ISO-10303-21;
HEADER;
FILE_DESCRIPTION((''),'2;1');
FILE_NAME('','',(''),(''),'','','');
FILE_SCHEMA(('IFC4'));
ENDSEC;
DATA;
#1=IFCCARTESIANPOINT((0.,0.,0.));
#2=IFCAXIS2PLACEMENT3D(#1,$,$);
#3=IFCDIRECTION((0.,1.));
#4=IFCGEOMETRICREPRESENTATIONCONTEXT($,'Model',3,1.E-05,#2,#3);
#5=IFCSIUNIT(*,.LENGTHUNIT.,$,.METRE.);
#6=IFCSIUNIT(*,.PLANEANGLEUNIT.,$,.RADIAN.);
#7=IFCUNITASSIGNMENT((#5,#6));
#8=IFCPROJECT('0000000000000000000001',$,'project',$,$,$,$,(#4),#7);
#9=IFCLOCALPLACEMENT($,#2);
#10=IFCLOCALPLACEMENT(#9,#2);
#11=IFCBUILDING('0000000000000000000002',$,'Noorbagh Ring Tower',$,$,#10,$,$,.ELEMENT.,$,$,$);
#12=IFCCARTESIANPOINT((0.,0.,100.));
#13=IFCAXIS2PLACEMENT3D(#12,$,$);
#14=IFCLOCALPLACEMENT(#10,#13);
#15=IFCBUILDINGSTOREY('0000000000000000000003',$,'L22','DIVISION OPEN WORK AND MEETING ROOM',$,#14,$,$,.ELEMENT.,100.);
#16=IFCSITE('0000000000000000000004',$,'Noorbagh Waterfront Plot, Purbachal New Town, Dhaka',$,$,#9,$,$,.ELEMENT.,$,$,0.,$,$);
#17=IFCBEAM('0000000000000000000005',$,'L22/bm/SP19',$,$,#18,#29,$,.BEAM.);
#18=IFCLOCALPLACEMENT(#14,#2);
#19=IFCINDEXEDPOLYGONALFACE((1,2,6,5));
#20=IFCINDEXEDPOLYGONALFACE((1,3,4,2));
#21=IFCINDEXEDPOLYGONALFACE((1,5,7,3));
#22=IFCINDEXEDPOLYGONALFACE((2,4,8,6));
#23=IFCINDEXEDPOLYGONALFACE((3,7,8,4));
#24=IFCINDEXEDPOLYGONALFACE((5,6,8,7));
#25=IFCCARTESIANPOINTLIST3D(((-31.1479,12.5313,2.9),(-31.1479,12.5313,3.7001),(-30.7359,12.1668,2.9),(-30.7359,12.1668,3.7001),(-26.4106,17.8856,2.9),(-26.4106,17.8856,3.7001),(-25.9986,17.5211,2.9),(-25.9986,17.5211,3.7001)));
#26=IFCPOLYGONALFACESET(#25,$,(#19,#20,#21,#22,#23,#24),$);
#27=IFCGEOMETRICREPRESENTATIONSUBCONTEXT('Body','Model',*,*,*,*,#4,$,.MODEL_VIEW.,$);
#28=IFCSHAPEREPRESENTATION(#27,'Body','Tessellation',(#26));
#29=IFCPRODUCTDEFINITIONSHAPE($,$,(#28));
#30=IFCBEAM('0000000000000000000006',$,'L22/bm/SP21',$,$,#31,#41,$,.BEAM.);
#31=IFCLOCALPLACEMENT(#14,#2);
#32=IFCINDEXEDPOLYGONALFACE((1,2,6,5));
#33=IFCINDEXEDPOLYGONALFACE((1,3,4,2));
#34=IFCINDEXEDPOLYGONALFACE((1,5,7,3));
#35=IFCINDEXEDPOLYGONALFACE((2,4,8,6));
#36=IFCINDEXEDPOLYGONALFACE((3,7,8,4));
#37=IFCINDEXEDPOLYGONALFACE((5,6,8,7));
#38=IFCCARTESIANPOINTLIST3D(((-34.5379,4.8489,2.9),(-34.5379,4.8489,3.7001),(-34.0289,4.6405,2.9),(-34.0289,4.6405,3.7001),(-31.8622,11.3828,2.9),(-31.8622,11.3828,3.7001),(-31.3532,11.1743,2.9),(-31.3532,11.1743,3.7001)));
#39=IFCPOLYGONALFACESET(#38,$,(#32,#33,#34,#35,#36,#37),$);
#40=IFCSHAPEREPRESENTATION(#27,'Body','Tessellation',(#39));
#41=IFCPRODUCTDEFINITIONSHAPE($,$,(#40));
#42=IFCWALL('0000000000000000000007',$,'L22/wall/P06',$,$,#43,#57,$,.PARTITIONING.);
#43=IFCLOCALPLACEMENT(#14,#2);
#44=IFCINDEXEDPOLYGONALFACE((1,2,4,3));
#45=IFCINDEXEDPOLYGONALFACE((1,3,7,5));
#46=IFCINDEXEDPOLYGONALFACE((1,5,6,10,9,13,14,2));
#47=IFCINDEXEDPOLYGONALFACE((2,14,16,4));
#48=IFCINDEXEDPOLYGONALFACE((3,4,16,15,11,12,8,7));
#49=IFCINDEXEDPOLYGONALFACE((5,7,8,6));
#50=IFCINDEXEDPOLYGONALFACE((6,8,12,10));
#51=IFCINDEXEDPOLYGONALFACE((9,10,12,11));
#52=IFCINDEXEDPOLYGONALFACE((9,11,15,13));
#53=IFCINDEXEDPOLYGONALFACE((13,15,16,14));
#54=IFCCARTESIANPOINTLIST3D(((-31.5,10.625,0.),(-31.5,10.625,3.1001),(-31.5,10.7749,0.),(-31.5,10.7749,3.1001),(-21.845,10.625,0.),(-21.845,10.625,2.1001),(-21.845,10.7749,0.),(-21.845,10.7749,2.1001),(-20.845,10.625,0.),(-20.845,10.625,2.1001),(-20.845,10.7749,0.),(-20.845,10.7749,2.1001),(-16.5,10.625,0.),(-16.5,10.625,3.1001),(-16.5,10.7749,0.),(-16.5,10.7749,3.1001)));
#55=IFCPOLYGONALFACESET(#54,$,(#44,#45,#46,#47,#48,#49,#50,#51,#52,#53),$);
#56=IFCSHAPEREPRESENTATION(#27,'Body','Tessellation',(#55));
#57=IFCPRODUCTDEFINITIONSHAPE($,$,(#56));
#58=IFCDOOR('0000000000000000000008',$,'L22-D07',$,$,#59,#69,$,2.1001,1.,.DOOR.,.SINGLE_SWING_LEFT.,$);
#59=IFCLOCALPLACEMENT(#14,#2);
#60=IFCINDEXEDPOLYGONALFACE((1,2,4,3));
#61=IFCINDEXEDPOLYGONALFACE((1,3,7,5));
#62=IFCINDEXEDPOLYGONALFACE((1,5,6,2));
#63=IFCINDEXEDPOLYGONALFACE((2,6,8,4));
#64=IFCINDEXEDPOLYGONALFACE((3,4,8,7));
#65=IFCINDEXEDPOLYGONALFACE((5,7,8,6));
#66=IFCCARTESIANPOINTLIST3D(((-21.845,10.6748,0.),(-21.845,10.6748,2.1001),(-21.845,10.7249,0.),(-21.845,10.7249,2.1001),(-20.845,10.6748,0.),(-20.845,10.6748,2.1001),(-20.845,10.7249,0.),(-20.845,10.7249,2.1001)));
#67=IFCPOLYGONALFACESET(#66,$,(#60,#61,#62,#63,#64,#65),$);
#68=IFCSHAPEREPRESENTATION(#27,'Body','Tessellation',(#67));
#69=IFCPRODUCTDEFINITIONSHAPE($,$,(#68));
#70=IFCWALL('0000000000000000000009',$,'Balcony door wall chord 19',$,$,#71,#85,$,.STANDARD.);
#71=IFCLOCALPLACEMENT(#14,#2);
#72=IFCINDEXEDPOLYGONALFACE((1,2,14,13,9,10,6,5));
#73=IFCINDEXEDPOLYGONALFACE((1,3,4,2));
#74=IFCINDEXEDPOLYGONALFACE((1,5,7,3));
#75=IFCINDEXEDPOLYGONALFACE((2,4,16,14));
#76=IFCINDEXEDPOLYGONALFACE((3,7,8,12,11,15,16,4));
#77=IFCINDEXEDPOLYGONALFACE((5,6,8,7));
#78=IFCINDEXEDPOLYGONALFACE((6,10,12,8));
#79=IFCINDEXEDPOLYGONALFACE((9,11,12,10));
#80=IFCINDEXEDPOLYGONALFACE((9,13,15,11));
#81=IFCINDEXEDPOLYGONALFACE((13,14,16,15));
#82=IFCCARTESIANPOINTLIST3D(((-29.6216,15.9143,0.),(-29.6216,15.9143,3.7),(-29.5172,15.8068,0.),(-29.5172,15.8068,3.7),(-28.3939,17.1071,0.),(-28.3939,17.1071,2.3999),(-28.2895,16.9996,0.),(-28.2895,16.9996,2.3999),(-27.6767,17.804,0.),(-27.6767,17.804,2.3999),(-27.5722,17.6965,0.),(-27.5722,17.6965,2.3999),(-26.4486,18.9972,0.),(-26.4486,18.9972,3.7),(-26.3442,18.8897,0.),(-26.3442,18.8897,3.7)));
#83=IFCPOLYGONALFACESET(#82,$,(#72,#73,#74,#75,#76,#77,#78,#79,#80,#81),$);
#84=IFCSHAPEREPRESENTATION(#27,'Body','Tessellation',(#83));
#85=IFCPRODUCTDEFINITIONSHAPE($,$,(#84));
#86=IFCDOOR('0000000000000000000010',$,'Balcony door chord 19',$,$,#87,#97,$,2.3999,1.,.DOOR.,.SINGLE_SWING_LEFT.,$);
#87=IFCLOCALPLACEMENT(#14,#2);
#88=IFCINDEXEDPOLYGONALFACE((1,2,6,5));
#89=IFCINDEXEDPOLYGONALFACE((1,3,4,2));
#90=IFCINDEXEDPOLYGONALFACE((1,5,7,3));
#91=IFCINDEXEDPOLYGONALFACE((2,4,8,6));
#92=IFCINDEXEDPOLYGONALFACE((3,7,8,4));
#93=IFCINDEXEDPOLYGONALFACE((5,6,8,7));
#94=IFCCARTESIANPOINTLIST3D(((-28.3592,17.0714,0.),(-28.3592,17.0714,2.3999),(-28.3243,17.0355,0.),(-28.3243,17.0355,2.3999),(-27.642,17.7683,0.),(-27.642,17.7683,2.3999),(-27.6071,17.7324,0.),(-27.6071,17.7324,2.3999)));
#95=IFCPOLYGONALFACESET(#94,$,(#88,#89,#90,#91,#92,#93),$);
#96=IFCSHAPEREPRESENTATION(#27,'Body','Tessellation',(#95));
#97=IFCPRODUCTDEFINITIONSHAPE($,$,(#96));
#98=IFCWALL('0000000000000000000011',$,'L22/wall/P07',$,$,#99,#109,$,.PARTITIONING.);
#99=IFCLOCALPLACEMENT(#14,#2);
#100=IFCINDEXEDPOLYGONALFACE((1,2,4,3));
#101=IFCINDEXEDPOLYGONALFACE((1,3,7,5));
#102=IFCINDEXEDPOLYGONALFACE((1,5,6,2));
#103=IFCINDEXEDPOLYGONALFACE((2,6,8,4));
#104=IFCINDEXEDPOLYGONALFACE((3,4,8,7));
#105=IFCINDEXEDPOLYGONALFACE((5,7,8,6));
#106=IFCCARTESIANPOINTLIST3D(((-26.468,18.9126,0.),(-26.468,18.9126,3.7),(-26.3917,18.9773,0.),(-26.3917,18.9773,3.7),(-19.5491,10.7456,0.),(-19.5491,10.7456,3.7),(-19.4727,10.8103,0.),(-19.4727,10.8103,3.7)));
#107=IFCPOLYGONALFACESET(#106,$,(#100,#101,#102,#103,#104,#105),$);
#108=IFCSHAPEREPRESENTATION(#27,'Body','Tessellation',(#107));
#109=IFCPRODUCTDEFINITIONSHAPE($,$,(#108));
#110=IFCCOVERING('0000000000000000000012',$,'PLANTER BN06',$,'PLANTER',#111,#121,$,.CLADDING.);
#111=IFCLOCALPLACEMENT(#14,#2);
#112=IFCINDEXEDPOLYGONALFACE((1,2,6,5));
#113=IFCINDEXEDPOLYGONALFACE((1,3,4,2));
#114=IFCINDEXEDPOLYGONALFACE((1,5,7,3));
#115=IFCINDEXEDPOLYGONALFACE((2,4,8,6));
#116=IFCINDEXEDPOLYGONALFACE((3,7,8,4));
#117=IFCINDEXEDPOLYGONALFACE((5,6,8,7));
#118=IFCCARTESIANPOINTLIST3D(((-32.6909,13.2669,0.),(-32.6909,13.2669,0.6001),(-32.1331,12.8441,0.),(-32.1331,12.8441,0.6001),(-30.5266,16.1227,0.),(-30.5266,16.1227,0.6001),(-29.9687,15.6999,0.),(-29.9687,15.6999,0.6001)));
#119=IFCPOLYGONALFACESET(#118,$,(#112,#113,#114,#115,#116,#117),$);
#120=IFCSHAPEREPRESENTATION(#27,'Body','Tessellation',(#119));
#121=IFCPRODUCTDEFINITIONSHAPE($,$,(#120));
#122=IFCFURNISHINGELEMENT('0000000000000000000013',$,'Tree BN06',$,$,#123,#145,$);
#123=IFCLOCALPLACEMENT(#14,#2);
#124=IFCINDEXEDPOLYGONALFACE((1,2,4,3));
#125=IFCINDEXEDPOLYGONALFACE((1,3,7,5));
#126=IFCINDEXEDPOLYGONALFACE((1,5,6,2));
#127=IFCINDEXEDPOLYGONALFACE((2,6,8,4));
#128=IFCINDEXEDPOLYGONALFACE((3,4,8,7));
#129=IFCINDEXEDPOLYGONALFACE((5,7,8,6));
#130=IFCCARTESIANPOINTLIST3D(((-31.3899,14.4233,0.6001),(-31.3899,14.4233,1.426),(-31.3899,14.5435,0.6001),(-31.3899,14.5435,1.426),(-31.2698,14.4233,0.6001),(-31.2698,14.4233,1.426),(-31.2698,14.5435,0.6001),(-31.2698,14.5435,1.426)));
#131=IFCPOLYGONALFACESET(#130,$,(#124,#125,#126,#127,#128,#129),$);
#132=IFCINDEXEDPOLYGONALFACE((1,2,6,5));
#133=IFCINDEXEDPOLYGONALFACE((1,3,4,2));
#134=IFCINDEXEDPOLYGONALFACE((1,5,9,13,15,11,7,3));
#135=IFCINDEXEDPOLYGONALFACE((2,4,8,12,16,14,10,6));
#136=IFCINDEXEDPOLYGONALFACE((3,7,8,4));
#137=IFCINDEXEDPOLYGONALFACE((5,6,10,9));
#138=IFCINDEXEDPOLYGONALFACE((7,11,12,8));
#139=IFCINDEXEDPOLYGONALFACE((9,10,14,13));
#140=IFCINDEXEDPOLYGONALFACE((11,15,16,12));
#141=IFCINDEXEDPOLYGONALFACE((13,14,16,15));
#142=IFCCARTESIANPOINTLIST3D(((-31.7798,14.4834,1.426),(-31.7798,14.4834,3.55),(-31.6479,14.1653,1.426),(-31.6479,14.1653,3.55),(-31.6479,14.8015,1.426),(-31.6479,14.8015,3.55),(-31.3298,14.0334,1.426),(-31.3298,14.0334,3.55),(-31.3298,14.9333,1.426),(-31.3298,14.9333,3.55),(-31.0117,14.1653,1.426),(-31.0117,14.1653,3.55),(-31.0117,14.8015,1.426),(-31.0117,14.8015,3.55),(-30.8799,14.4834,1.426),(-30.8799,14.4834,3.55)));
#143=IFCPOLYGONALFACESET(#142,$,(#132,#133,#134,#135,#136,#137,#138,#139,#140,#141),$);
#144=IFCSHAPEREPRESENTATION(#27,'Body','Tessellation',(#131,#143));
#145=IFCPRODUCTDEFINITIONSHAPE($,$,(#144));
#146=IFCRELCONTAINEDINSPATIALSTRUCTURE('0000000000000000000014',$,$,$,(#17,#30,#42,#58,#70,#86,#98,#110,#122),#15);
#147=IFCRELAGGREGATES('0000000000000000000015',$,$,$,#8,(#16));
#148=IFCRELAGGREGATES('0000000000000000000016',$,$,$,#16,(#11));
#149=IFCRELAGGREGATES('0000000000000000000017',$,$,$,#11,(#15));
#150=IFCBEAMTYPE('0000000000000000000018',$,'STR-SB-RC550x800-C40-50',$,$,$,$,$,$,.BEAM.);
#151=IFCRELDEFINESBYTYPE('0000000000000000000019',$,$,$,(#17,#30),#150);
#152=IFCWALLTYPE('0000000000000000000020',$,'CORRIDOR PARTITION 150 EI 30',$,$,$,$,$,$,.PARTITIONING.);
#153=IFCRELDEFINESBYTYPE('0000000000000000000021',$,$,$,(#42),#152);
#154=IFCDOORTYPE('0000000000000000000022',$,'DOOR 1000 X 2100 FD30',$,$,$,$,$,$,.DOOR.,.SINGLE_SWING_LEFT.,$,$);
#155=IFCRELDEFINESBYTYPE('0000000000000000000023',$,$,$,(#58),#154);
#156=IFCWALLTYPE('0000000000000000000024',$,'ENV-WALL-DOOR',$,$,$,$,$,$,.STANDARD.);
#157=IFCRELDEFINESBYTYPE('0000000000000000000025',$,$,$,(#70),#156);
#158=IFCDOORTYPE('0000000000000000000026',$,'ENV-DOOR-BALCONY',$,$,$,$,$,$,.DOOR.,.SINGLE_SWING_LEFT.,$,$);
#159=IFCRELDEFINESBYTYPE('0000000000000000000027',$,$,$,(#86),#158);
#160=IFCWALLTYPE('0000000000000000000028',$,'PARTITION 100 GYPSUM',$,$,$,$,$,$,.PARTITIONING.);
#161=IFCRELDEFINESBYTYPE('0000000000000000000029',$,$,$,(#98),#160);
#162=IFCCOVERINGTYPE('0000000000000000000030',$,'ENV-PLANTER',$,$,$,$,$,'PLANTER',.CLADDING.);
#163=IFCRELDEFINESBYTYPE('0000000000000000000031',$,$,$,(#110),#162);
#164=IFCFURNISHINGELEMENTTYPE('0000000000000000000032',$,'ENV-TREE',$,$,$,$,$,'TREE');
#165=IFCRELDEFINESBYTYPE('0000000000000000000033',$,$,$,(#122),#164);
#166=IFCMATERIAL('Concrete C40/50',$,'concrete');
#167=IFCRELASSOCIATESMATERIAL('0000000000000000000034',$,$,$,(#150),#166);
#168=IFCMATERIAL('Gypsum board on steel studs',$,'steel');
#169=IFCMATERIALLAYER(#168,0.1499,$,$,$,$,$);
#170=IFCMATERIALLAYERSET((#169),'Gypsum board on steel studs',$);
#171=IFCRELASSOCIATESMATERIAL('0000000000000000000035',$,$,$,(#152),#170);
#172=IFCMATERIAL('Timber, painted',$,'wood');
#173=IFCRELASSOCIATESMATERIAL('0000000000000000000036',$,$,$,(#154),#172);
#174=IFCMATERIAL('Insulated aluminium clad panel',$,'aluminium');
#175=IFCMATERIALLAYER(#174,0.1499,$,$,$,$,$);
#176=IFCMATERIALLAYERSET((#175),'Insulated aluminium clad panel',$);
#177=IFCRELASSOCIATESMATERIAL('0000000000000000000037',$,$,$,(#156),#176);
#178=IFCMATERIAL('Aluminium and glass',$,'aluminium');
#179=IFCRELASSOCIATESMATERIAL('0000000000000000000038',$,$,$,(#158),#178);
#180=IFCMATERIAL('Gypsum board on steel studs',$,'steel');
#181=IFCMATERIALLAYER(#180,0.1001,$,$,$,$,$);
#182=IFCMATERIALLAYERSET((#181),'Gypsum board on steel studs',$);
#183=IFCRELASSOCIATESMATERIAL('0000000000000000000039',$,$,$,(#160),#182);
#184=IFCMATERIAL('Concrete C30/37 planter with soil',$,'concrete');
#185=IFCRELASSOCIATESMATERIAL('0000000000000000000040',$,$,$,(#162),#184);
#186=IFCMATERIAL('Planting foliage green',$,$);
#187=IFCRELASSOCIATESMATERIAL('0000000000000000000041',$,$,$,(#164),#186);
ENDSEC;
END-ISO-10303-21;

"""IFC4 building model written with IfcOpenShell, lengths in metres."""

from ifc_helpers import new_model, si_unit, direction, frame, frame_2d, origin, origin_2d, place, context, subcontext, project, spatial, polyline, rectangle, outline, extrude, material, layer, layer_set, material_profile, profile_set, type_object, element, fill, save


model = new_model("IFC4")

# Units and contexts
model_context = context("Model", 3, precision=1e-05, world=origin(), true_north=direction((0.0, 1.0)))
body_context = subcontext(model_context, "Body", "Model", "MODEL_VIEW")
ifc_project = project(units=[si_unit("LENGTHUNIT", "METRE"), si_unit("PLANEANGLEUNIT", "RADIAN")], contexts=[model_context])

# Site, building, storey
site_placement = place(None, origin())
site = spatial("IfcSite", under=ifc_project, at=site_placement, Name="Noorbagh Waterfront Plot, Purbachal New Town, Dhaka", CompositionType="ELEMENT", RefElevation=0.0)
building_placement = place(site_placement, origin())
building = spatial("IfcBuilding", under=site, at=building_placement, Name="Noorbagh Ring Tower", CompositionType="ELEMENT")
storey_placement = place(building_placement, frame((0.0, 0.0, 100.0)))
storey = spatial("IfcBuildingStorey", under=building, at=storey_placement, Name="L22", Description="DIVISION OPEN WORK AND MEETING ROOM", CompositionType="ELEMENT", Elevation=100.0)

# Beams
ifc_material_1 = material(Name="Concrete C40/50", Category="concrete")
ifc_material_profile_1 = material_profile(ifc_material_1, rectangle(XDim=0.55, YDim=0.8, at=origin_2d()), Name="RC550x800")
ifc_profile_set_1 = profile_set([ifc_material_profile_1], Name="Concrete C40/50")
beam_type_1 = type_object("IfcBeamType", Name="STR-SB-RC550x800-C40-50", PredefinedType="BEAM", material=ifc_profile_set_1)
beam_1_placement = place(storey_placement, frame((-26.2046, 17.7034, 3.3), z_axis=(-0.662641, -0.748937, 0.0), x_axis=(0.748937, -0.662641, 0.0)))
element("IfcBeam", 1, at=beam_1_placement, inside=storey, type_object=beam_type_1, Name="L22/bm/SP19", PredefinedType="BEAM", context=body_context, shape_type="SweptSolid", body=[
    extrude(rectangle(XDim=0.55, YDim=0.8, at=origin_2d()), origin(), (0.0, 0.0, 1.0), 7.1492),
])
beam_2_placement = place(storey_placement, frame((-31.6077, 11.2786, 3.3), z_axis=(-0.378973, -0.925408, 0.0), x_axis=(0.925408, -0.378973, 0.0)))
element("IfcBeam", 2, at=beam_2_placement, inside=storey, type_object=beam_type_1, Name="L22/bm/SP21", PredefinedType="BEAM", context=body_context, shape_type="SweptSolid", body=[
    extrude(rectangle(XDim=0.55, YDim=0.8, at=origin_2d()), origin(), (0.0, 0.0, 1.0), 7.0605),
])

# Walls, openings, doors
ifc_material_2 = material(Name="Gypsum board on steel studs", Category="steel")
ifc_layer_1 = layer(ifc_material_2, 0.1499)
ifc_layer_set_1 = layer_set([ifc_layer_1], Name="Gypsum board on steel studs")
wall_type_1 = type_object("IfcWallType", Name="CORRIDOR PARTITION 150 EI 30", PredefinedType="PARTITIONING", material=ifc_layer_set_1)
wall_1_placement = place(storey_placement, frame((-31.5, 10.7, 0.0), z_axis=(0.0, 0.0, 1.0), x_axis=(1.0, 0.0, 0.0)))
wall_1 = element("IfcWall", 3, at=wall_1_placement, inside=storey, type_object=wall_type_1, Name="L22/wall/P06", PredefinedType="PARTITIONING", context=body_context, shape_type="SweptSolid", body=[
    extrude(rectangle(XDim=15.0, YDim=0.1499, at=frame_2d((7.5, 0.0))), origin(), (0.0, 0.0, 1.0), 3.1001),
])
opening_1_placement = place(wall_1_placement, frame((9.655, 0.0, 0.0)))
opening_1 = element("IfcOpeningElement", 4, at=opening_1_placement, cuts=wall_1, PredefinedType="OPENING", context=body_context, shape_type="SweptSolid", body=[
    extrude(rectangle(XDim=1.0, YDim=2.1001, at=frame_2d((0.5, 1.05))), frame((0.0, 0.085, 0.0), z_axis=(0.0, -1.0, 0.0), x_axis=(1.0, 0.0, 0.0)), (0.0, 0.0, 1.0), 0.1699),
])
ifc_material_3 = material(Name="Timber, painted", Category="wood")
door_type_1 = type_object("IfcDoorType", Name="DOOR 1000 X 2100 FD30", OperationType="SINGLE_SWING_LEFT", PredefinedType="DOOR", material=ifc_material_3)
door_1_placement = place(opening_1_placement, origin())
door_1 = element("IfcDoor", 5, at=door_1_placement, inside=storey, type_object=door_type_1, Name="L22-D07", OperationType="SINGLE_SWING_LEFT", OverallHeight=2.1001, OverallWidth=1.0, PredefinedType="DOOR", context=body_context, shape_type="SweptSolid", body=[
    extrude(rectangle(XDim=1.0, YDim=2.1001, at=frame_2d((0.5, 1.05))), frame((0.0, 0.0249, 0.0), z_axis=(0.0, -1.0, 0.0), x_axis=(1.0, 0.0, 0.0)), (0.0, 0.0, 1.0), 0.05),
])
fill(opening_1, door_1)
ifc_material_4 = material(Name="Insulated aluminium clad panel", Category="aluminium")
ifc_layer_2 = layer(ifc_material_4, 0.1499)
ifc_layer_set_2 = layer_set([ifc_layer_2], Name="Insulated aluminium clad panel")
wall_type_2 = type_object("IfcWallType", Name="ENV-WALL-DOOR", PredefinedType="STANDARD", material=ifc_layer_set_2)
wall_2_placement = place(storey_placement, frame((-26.3965, 18.9434, 0.0), z_axis=(0.0, 0.0, 1.0), x_axis=(-0.717215, -0.696852, 0.0)))
wall_2 = element("IfcWall", 6, at=wall_2_placement, inside=storey, type_object=wall_type_2, Name="Balcony door wall chord 19", PredefinedType="STANDARD", context=body_context, shape_type="SweptSolid", body=[
    extrude(rectangle(XDim=4.4241, YDim=0.1499, at=frame_2d((2.2119, 0.0))), origin(), (0.0, 0.0, 1.0), 3.7),
])
opening_2_placement = place(wall_2_placement, frame((1.7122, 0.0, 0.0)))
opening_2 = element("IfcOpeningElement", 7, at=opening_2_placement, cuts=wall_2, PredefinedType="OPENING", context=body_context, shape_type="SweptSolid", body=[
    extrude(rectangle(XDim=1.0, YDim=2.3999, at=frame_2d((0.5, 1.2))), frame((0.0, 0.085, 0.0), z_axis=(0.0, -1.0, 0.0), x_axis=(1.0, 0.0, 0.0)), (0.0, 0.0, 1.0), 0.1699),
])
ifc_material_5 = material(Name="Aluminium and glass", Category="aluminium")
door_type_2 = type_object("IfcDoorType", Name="ENV-DOOR-BALCONY", OperationType="SINGLE_SWING_LEFT", PredefinedType="DOOR", material=ifc_material_5)
door_2_placement = place(opening_2_placement, origin())
door_2 = element("IfcDoor", 8, at=door_2_placement, inside=storey, type_object=door_type_2, Name="Balcony door chord 19", OperationType="SINGLE_SWING_LEFT", OverallHeight=2.3999, OverallWidth=1.0, PredefinedType="DOOR", context=body_context, shape_type="SweptSolid", body=[
    extrude(rectangle(XDim=1.0, YDim=2.3999, at=frame_2d((0.5, 1.2))), frame((0.0, 0.0249, 0.0), z_axis=(0.0, -1.0, 0.0), x_axis=(1.0, 0.0, 0.0)), (0.0, 0.0, 1.0), 0.05),
])
fill(opening_2, door_2)

# Wall
ifc_material_6 = material(Name="Gypsum board on steel studs", Category="steel")
ifc_layer_3 = layer(ifc_material_6, 0.1001)
ifc_layer_set_3 = layer_set([ifc_layer_3], Name="Gypsum board on steel studs")
wall_type_3 = type_object("IfcWallType", Name="PARTITION 100 GYPSUM", PredefinedType="PARTITIONING", material=ifc_layer_set_3)
wall_3_placement = place(storey_placement, frame((-26.4299, 18.9451, 0.0), z_axis=(0.0, 0.0, 1.0), x_axis=(0.6464, -0.762999, 0.0)))
element("IfcWall", 9, at=wall_3_placement, inside=storey, type_object=wall_type_3, Name="L22/wall/P07", PredefinedType="PARTITIONING", context=body_context, shape_type="SweptSolid", body=[
    extrude(rectangle(XDim=10.7039, YDim=0.1001, at=frame_2d((5.3521, 0.0))), origin(), (0.0, 0.0, 1.0), 3.7),
])

# Covering
ifc_material_7 = material(Name="Concrete C30/37 planter with soil", Category="concrete")
covering_type = type_object("IfcCoveringType", Name="ENV-PLANTER", ElementType="PLANTER", PredefinedType="CLADDING", material=ifc_material_7)
covering_placement = place(storey_placement, frame((-31.3298, 14.4834, 0.0), z_axis=(0.0, 0.0, 1.0), x_axis=(-0.60402, -0.796969, 0.0)))
element("IfcCovering", 10, at=covering_placement, inside=storey, type_object=covering_type, Name="PLANTER BN06", ObjectType="PLANTER", PredefinedType="CLADDING", context=body_context, shape_type="SweptSolid", body=[
    extrude(rectangle(XDim=3.5833, YDim=0.7, at=origin_2d()), origin(), (0.0, 0.0, 1.0), 0.6001),
])

# Furnishing element
ifc_material_8 = material(Name="Planting foliage green")
furnishing_element_type = type_object("IfcFurnishingElementType", Name="ENV-TREE", ElementType="TREE", material=ifc_material_8)
furnishing_placement = place(storey_placement, frame((-31.3298, 14.4834, 0.6001), z_axis=(0.0, 0.0, 1.0), x_axis=(1.0, 0.0, 0.0)))
element("IfcFurnishingElement", 11, at=furnishing_placement, inside=storey, type_object=furnishing_element_type, Name="Tree BN06", context=body_context, shape_type="SweptSolid", body=[
    extrude(rectangle(XDim=0.1201, YDim=0.1201, at=origin_2d()), origin(), (0.0, 0.0, 1.0), 0.8259),
    extrude(outline(polyline([(0.45, 0.0), (0.3181, 0.3181), (0.0, 0.45), (-0.3181, 0.3181), (-0.45, 0.0), (-0.3181, -0.3181), (0.0, -0.45), (0.3181, -0.3181), (0.45, 0.0)])), frame((0.0, 0.0, 0.8259)), (0.0, 0.0, 1.0), 2.124),
])

save(model, "model.ifc")
